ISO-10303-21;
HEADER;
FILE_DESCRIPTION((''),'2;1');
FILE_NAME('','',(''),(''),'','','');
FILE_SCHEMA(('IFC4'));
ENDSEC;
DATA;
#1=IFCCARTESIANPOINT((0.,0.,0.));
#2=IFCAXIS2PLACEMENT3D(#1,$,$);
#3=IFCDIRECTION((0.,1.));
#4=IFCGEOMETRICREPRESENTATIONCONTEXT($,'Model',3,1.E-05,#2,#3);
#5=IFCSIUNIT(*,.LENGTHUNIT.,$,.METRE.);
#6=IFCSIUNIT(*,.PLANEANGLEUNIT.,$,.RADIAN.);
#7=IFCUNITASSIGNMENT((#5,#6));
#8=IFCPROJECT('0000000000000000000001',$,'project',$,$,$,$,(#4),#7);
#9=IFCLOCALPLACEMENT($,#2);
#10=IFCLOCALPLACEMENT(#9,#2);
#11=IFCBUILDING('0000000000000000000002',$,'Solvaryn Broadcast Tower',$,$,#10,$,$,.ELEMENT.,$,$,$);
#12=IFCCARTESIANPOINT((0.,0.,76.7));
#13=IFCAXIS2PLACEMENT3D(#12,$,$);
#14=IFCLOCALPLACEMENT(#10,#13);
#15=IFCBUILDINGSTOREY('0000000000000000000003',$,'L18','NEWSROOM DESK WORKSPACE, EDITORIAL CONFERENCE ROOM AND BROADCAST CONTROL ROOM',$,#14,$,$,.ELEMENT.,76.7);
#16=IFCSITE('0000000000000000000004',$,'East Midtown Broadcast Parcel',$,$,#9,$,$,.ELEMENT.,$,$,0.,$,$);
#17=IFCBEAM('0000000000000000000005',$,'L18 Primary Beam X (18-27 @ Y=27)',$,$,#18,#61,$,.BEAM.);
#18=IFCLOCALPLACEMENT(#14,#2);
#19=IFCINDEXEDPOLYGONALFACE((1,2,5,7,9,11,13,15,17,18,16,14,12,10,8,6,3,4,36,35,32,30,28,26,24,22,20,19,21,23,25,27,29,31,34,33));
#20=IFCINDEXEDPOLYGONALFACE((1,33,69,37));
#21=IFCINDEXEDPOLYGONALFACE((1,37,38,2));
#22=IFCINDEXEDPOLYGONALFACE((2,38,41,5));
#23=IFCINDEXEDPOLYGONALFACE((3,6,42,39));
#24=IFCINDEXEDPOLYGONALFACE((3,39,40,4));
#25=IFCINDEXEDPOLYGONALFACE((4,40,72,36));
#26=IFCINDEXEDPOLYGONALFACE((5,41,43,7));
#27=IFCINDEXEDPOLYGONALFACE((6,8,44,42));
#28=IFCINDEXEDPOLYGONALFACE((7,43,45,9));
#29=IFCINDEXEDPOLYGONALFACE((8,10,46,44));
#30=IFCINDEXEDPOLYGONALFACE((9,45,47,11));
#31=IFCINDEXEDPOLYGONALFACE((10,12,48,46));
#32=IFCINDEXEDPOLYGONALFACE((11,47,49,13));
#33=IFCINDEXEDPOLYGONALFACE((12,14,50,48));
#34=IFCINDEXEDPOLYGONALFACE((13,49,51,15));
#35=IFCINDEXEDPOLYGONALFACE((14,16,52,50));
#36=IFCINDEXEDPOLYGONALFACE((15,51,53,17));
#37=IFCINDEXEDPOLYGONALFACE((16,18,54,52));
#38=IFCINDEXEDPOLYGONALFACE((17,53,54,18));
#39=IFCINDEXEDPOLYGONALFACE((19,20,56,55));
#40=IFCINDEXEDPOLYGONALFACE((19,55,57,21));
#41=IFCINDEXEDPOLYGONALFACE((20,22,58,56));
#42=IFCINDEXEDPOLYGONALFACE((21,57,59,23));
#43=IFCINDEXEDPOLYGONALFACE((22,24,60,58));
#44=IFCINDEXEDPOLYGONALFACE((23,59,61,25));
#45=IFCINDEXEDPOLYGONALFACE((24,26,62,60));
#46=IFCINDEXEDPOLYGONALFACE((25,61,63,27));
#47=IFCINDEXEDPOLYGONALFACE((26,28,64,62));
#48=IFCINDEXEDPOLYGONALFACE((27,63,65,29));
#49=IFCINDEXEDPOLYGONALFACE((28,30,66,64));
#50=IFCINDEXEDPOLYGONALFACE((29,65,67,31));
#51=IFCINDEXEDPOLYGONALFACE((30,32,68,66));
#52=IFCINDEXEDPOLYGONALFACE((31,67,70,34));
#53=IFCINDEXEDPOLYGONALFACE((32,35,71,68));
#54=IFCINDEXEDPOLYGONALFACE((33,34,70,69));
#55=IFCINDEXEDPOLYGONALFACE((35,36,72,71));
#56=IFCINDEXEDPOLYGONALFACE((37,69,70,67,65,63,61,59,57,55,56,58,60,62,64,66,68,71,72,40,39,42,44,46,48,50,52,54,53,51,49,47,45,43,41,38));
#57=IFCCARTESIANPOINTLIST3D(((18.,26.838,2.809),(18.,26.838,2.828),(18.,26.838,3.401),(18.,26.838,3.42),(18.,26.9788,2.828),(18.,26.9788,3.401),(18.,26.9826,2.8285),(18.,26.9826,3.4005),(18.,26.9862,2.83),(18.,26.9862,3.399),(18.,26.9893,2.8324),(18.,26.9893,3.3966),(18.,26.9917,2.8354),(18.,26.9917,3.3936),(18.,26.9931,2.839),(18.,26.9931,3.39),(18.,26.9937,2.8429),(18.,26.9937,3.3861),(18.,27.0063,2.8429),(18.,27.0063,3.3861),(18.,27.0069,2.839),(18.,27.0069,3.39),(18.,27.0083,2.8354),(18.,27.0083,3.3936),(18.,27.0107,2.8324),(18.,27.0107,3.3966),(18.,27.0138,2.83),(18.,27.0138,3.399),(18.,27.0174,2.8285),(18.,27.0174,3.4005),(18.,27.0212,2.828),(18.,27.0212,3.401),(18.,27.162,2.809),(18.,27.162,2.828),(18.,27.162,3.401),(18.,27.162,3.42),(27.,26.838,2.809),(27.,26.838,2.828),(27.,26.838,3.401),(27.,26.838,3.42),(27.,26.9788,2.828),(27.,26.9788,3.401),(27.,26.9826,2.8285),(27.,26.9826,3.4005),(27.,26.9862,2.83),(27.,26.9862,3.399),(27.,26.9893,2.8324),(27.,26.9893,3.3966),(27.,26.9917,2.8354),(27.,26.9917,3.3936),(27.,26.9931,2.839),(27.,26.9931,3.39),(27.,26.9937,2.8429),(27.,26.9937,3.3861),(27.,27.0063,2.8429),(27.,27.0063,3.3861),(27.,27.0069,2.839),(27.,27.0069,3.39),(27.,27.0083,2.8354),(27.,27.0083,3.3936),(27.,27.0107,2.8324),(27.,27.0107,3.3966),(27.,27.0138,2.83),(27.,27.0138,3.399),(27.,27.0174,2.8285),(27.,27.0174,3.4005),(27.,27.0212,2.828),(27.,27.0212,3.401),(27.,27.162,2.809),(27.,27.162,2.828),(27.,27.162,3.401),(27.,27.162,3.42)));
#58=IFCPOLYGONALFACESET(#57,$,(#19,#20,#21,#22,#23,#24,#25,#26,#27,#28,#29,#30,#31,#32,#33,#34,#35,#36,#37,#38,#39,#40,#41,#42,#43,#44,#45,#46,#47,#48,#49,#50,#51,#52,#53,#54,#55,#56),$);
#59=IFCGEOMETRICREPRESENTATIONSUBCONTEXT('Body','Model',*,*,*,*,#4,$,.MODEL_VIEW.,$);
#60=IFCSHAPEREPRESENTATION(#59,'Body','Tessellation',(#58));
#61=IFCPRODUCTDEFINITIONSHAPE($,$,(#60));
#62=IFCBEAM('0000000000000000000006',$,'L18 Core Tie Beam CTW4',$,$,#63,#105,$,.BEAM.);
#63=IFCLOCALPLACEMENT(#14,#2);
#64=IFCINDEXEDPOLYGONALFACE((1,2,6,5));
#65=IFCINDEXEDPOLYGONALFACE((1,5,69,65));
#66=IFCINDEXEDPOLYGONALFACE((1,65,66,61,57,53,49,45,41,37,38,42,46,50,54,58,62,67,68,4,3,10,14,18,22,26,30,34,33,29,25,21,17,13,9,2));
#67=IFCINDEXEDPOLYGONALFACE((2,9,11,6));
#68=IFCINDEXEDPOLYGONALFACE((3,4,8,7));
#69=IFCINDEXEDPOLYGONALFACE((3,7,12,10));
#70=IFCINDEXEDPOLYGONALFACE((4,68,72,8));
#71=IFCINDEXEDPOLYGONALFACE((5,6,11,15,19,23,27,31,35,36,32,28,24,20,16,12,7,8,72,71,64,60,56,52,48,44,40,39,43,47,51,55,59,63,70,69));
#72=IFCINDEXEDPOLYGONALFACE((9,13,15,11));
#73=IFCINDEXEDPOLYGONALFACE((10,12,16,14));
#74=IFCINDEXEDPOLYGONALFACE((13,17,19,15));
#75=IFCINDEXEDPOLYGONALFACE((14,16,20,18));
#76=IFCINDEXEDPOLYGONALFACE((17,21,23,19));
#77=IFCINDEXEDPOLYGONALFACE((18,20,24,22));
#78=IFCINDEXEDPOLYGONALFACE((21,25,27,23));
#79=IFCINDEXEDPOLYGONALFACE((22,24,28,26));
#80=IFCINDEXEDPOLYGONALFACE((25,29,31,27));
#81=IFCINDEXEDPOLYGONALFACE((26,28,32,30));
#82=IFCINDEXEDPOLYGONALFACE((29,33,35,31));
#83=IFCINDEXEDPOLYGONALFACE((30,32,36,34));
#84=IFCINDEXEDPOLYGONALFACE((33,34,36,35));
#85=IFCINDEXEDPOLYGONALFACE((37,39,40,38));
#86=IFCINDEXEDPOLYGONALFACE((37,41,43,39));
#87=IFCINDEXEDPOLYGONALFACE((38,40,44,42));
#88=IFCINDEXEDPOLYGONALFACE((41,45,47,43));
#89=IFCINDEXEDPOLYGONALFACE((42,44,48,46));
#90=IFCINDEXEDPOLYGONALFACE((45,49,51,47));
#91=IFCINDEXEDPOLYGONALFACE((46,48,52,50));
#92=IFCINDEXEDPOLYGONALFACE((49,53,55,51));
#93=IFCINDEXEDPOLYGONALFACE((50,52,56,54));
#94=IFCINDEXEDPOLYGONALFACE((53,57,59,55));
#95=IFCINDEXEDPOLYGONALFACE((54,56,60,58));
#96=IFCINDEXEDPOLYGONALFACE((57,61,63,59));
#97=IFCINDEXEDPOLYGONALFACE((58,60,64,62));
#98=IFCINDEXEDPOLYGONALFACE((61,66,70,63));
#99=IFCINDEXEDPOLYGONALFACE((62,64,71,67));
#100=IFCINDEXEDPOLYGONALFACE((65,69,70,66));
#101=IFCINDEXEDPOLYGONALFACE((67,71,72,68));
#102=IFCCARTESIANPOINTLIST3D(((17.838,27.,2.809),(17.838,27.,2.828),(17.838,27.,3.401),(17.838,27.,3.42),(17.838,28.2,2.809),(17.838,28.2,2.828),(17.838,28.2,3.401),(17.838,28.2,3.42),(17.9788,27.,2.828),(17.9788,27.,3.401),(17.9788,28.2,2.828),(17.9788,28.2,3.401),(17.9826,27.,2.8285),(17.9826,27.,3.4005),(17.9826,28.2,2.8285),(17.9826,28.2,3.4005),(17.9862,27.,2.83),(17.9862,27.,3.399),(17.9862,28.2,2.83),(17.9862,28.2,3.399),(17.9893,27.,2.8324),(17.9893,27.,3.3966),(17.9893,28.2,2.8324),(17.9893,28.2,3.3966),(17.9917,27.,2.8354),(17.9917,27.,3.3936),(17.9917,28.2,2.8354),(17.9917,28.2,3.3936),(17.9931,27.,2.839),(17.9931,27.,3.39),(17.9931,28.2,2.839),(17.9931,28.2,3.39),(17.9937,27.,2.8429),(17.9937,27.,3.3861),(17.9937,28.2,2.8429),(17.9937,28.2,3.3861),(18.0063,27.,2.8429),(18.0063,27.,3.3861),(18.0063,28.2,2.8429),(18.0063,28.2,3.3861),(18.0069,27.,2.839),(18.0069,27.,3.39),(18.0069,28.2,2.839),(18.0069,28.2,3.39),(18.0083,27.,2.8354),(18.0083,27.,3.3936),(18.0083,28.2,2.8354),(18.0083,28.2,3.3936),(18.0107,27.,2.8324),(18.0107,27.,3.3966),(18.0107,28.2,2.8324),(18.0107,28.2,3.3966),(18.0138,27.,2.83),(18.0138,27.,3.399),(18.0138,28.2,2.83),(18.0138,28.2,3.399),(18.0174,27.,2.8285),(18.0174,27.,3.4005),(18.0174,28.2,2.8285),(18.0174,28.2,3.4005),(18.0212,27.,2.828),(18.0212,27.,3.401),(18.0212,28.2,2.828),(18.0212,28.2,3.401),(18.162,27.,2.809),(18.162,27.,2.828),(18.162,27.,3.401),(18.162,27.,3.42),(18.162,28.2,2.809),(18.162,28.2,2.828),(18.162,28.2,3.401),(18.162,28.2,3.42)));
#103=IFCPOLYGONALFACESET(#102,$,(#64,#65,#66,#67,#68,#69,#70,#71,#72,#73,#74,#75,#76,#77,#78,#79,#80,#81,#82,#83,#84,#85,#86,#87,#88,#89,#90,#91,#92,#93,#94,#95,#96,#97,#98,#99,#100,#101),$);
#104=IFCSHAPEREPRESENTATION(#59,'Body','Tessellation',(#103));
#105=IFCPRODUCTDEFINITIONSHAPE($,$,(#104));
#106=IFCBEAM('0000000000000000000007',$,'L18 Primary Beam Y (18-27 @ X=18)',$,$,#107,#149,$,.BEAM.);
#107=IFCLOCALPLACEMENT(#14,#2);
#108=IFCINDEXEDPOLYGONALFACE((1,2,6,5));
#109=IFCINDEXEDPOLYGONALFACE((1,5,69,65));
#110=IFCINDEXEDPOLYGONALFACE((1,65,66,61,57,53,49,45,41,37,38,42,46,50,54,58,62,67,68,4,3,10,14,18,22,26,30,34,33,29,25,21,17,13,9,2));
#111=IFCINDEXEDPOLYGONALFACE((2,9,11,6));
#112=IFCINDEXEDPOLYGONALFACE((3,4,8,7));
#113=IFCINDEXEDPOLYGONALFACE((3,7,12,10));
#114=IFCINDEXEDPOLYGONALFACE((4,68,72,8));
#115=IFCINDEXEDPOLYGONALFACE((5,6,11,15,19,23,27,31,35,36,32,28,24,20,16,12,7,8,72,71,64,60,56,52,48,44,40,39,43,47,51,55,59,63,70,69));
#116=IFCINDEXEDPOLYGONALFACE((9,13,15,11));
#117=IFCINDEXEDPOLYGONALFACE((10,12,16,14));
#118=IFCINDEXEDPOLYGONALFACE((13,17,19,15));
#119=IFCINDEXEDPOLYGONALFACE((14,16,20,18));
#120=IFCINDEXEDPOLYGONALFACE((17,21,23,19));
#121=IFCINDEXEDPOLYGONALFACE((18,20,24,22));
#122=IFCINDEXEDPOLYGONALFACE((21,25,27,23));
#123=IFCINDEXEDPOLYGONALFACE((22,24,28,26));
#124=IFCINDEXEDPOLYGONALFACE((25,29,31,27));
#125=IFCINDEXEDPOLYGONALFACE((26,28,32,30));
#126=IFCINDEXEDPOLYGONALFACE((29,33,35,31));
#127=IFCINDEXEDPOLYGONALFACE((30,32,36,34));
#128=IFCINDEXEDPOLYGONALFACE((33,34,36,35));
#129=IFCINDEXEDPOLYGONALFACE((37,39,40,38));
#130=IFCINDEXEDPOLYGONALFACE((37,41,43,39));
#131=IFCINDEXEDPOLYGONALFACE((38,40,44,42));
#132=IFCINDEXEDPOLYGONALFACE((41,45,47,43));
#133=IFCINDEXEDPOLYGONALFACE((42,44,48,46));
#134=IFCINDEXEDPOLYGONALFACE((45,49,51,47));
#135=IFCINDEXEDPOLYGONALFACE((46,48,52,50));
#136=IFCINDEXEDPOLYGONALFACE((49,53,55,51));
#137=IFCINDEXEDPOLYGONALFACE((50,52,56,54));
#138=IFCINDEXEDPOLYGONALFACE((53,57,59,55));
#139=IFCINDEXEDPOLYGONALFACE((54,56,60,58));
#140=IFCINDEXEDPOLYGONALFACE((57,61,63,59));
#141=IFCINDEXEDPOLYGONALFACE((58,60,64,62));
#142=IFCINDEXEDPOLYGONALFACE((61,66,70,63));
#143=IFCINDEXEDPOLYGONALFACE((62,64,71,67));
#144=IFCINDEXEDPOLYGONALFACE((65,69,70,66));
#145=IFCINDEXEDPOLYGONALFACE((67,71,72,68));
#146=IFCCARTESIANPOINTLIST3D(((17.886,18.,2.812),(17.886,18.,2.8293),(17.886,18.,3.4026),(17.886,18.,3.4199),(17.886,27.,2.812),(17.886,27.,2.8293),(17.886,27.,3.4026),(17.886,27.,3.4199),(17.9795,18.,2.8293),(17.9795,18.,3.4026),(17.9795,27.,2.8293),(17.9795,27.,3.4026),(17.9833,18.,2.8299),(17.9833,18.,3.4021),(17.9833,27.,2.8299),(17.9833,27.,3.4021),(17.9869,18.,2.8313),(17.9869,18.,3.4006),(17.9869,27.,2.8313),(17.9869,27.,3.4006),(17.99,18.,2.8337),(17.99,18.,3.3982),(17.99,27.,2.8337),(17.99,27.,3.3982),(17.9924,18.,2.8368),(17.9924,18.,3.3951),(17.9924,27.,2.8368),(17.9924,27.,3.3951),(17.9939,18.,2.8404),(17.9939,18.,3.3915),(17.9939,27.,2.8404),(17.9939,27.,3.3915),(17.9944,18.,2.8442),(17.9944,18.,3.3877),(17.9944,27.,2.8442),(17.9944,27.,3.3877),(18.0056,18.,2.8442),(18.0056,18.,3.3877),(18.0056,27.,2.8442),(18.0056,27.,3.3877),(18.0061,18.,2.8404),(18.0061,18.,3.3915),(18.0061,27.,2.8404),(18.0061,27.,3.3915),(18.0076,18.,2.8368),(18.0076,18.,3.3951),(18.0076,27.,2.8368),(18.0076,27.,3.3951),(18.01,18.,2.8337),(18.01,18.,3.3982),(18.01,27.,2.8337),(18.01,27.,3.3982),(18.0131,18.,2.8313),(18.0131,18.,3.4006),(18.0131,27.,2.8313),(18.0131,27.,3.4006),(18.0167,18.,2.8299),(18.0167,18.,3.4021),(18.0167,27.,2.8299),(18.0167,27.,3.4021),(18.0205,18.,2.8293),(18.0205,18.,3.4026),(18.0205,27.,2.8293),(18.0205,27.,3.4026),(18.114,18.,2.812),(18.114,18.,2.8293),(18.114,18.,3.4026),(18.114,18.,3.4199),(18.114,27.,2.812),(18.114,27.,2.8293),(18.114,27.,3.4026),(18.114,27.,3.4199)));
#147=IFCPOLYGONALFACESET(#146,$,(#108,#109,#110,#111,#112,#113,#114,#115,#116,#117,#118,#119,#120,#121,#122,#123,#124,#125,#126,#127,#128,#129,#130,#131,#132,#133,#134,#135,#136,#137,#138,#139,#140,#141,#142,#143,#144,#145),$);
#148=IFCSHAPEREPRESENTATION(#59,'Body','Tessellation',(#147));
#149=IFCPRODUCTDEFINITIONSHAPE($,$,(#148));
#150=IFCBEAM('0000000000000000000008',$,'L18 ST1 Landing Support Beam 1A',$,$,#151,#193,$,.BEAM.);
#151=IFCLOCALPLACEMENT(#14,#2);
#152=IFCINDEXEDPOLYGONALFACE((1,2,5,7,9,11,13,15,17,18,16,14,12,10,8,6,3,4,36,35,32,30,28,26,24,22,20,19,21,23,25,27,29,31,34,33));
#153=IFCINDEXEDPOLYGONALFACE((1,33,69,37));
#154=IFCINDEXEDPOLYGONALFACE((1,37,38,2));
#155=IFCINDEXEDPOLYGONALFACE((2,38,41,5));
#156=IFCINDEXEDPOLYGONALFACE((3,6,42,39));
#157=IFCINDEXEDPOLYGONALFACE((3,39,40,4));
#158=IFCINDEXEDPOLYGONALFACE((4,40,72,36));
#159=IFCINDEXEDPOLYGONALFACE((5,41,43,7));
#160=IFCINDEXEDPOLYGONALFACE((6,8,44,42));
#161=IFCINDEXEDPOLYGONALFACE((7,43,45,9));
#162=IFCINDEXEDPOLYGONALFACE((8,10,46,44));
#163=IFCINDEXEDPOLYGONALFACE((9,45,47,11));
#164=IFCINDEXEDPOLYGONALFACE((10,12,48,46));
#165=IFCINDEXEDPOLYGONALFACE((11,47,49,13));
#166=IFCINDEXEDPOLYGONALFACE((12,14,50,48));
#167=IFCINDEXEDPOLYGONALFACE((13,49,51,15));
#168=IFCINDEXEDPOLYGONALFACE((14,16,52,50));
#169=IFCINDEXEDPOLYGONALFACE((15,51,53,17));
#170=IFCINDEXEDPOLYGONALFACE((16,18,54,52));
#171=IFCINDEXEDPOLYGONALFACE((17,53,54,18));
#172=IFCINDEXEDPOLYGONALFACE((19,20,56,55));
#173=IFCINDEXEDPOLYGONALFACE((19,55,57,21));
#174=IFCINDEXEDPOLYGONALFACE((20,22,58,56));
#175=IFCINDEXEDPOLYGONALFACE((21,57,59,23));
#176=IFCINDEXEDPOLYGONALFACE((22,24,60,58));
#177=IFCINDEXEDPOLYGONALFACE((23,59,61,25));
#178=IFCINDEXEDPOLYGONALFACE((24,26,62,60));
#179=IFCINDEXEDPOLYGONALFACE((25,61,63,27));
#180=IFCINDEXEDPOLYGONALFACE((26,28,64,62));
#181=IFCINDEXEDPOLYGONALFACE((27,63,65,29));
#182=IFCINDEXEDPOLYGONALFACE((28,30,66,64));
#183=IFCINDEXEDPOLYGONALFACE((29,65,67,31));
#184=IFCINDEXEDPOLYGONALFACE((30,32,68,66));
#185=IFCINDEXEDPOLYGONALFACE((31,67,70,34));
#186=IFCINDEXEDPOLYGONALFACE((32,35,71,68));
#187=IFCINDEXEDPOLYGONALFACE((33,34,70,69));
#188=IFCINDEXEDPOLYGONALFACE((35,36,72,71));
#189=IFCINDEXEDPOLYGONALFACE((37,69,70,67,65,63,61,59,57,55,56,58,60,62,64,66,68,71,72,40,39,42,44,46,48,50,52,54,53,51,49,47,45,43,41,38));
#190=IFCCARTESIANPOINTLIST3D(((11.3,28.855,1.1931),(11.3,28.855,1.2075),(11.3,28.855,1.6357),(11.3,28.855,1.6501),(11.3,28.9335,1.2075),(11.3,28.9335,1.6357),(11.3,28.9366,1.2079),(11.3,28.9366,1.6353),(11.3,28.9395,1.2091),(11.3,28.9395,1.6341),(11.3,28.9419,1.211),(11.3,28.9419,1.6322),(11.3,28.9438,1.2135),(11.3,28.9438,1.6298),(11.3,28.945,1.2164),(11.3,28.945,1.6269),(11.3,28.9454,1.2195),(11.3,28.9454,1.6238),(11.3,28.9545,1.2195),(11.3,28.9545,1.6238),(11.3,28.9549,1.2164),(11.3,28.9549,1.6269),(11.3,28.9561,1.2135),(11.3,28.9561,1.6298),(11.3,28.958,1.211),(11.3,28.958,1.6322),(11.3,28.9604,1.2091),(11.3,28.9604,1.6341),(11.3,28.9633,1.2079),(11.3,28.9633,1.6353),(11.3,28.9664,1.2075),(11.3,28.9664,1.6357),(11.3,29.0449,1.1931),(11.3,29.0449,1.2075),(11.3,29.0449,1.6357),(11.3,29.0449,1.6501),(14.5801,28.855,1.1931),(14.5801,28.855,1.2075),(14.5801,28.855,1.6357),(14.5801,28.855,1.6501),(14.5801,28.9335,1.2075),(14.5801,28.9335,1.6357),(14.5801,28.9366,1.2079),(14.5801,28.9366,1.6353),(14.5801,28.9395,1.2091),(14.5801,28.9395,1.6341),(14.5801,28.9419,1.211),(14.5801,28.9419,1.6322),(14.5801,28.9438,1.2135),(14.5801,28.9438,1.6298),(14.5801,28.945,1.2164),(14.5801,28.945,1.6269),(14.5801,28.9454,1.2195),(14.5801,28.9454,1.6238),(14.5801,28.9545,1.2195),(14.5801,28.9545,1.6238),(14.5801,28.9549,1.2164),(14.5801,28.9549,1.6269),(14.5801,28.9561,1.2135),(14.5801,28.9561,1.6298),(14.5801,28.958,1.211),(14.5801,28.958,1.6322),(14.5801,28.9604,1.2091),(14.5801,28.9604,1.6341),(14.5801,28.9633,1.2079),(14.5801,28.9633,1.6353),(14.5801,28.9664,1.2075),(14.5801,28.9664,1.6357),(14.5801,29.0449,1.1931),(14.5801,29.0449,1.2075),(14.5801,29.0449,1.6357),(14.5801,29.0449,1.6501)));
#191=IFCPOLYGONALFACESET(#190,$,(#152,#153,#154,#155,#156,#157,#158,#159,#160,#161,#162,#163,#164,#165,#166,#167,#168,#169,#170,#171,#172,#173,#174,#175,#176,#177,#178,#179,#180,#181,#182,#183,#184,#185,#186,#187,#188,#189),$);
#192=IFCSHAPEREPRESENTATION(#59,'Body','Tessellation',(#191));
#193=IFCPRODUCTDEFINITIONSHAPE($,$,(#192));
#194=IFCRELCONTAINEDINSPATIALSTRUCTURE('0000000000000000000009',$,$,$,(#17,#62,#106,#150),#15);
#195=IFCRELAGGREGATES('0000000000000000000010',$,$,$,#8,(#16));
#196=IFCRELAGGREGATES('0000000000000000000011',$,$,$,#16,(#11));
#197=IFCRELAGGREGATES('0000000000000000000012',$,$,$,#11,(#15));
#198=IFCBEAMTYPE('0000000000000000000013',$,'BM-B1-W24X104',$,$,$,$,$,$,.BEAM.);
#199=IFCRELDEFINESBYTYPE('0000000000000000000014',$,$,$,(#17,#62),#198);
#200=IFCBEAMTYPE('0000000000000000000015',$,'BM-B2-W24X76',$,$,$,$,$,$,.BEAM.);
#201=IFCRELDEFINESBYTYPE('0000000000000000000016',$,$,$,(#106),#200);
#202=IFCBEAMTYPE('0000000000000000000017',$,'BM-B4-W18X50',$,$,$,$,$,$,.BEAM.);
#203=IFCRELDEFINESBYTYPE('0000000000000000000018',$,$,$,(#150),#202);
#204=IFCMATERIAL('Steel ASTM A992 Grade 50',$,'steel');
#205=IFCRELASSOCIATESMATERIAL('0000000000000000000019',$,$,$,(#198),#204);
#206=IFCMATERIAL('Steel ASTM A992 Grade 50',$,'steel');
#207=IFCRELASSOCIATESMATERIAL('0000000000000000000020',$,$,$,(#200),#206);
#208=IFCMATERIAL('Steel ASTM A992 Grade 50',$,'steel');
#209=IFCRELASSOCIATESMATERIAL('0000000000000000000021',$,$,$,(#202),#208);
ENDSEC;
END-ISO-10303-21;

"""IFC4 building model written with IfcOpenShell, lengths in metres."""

from ifc_helpers import new_model, si_unit, direction, frame, origin, origin_2d, place, context, subcontext, project, spatial, i_section, extrude, material, material_profile, profile_set, type_object, element, save


model = new_model("IFC4")

# Units and contexts
model_context = context("Model", 3, precision=1e-05, world=origin(), true_north=direction((0.0, 1.0)))
body_context = subcontext(model_context, "Body", "Model", "MODEL_VIEW")
ifc_project = project(units=[si_unit("LENGTHUNIT", "METRE"), si_unit("PLANEANGLEUNIT", "RADIAN")], contexts=[model_context])

# Site, building, storey
site_placement = place(None, origin())
site = spatial("IfcSite", under=ifc_project, at=site_placement, Name="East Midtown Broadcast Parcel", CompositionType="ELEMENT", RefElevation=0.0)
building_placement = place(site_placement, origin())
building = spatial("IfcBuilding", under=site, at=building_placement, Name="Solvaryn Broadcast Tower", CompositionType="ELEMENT")
storey_placement = place(building_placement, frame((0.0, 0.0, 76.7)))
storey = spatial("IfcBuildingStorey", under=building, at=storey_placement, Name="L18", Description="NEWSROOM DESK WORKSPACE, EDITORIAL CONFERENCE ROOM AND BROADCAST CONTROL ROOM", CompositionType="ELEMENT", Elevation=76.7)

# Beams
ifc_material_1 = material(Name="Steel ASTM A992 Grade 50", Category="steel")
ifc_material_profile_1 = material_profile(ifc_material_1, i_section(OverallWidth=0.324, OverallDepth=0.6111, WebThickness=0.0127, FlangeThickness=0.019, FilletRadius=0.0149, at=origin_2d()))
ifc_profile_set_1 = profile_set([ifc_material_profile_1], Name="Steel ASTM A992 Grade 50")
beam_type_1 = type_object("IfcBeamType", Name="BM-B1-W24X104", PredefinedType="BEAM", material=ifc_profile_set_1)
for number, where, z_axis, x_axis, name in (
    (1, (18.0, 27.0, 3.1145), (1.0, 0.0, 0.0), (0.0, 1.0, 0.0), "L18 Primary Beam X (18-27 @ Y=27)"),
):
    element("IfcBeam", number, at=place(storey_placement, frame(where, z_axis=z_axis, x_axis=x_axis)), inside=storey, type_object=beam_type_1, Name=name, PredefinedType="BEAM", context=body_context, shape_type="SweptSolid", body=[
        extrude(i_section(OverallWidth=0.324, OverallDepth=0.6111, WebThickness=0.0127, FlangeThickness=0.019, FilletRadius=0.0149, at=origin_2d()), origin(), (0.0, 0.0, 1.0), 9.0),
    ])
beam_1_placement = place(storey_placement, frame((18.0, 27.0, 3.1145), z_axis=(0.0, 1.0, 0.0), x_axis=(-1.0, 0.0, 0.0)))
element("IfcBeam", 2, at=beam_1_placement, inside=storey, type_object=beam_type_1, Name="L18 Core Tie Beam CTW4", PredefinedType="BEAM", context=body_context, shape_type="SweptSolid", body=[
    extrude(i_section(OverallWidth=0.324, OverallDepth=0.6111, WebThickness=0.0127, FlangeThickness=0.019, FilletRadius=0.0149, at=origin_2d()), origin(), (0.0, 0.0, 1.0), 1.2),
])
ifc_material_2 = material(Name="Steel ASTM A992 Grade 50", Category="steel")
ifc_material_profile_2 = material_profile(ifc_material_2, i_section(OverallWidth=0.228, OverallDepth=0.6079, WebThickness=0.0112, FlangeThickness=0.0173, FilletRadius=0.0149, at=origin_2d()))
ifc_profile_set_2 = profile_set([ifc_material_profile_2], Name="Steel ASTM A992 Grade 50")
beam_type_2 = type_object("IfcBeamType", Name="BM-B2-W24X76", PredefinedType="BEAM", material=ifc_profile_set_2)
beam_2_placement = place(storey_placement, frame((18.0, 18.0, 3.116), z_axis=(0.0, 1.0, 0.0), x_axis=(-1.0, 0.0, 0.0)))
element("IfcBeam", 3, at=beam_2_placement, inside=storey, type_object=beam_type_2, Name="L18 Primary Beam Y (18-27 @ X=18)", PredefinedType="BEAM", context=body_context, shape_type="SweptSolid", body=[
    extrude(i_section(OverallWidth=0.228, OverallDepth=0.6079, WebThickness=0.0112, FlangeThickness=0.0173, FilletRadius=0.0149, at=origin_2d()), origin(), (0.0, 0.0, 1.0), 9.0),
])
ifc_material_3 = material(Name="Steel ASTM A992 Grade 50", Category="steel")
ifc_material_profile_3 = material_profile(ifc_material_3, i_section(OverallWidth=0.1899, OverallDepth=0.457, WebThickness=0.009, FlangeThickness=0.0144, FilletRadius=0.012, at=origin_2d()))
ifc_profile_set_3 = profile_set([ifc_material_profile_3], Name="Steel ASTM A992 Grade 50")
beam_type_3 = type_object("IfcBeamType", Name="BM-B4-W18X50", PredefinedType="BEAM", material=ifc_profile_set_3)
beam_3_placement = place(storey_placement, frame((11.3, 28.95, 1.4216), z_axis=(1.0, 0.0, 0.0), x_axis=(0.0, 1.0, 0.0)))
element("IfcBeam", 4, at=beam_3_placement, inside=storey, type_object=beam_type_3, Name="L18 ST1 Landing Support Beam 1A", PredefinedType="BEAM", context=body_context, shape_type="SweptSolid", body=[
    extrude(i_section(OverallWidth=0.1899, OverallDepth=0.457, WebThickness=0.009, FlangeThickness=0.0144, FilletRadius=0.012, at=origin_2d()), origin(), (0.0, 0.0, 1.0), 3.28),
])

save(model, "model.ifc")
